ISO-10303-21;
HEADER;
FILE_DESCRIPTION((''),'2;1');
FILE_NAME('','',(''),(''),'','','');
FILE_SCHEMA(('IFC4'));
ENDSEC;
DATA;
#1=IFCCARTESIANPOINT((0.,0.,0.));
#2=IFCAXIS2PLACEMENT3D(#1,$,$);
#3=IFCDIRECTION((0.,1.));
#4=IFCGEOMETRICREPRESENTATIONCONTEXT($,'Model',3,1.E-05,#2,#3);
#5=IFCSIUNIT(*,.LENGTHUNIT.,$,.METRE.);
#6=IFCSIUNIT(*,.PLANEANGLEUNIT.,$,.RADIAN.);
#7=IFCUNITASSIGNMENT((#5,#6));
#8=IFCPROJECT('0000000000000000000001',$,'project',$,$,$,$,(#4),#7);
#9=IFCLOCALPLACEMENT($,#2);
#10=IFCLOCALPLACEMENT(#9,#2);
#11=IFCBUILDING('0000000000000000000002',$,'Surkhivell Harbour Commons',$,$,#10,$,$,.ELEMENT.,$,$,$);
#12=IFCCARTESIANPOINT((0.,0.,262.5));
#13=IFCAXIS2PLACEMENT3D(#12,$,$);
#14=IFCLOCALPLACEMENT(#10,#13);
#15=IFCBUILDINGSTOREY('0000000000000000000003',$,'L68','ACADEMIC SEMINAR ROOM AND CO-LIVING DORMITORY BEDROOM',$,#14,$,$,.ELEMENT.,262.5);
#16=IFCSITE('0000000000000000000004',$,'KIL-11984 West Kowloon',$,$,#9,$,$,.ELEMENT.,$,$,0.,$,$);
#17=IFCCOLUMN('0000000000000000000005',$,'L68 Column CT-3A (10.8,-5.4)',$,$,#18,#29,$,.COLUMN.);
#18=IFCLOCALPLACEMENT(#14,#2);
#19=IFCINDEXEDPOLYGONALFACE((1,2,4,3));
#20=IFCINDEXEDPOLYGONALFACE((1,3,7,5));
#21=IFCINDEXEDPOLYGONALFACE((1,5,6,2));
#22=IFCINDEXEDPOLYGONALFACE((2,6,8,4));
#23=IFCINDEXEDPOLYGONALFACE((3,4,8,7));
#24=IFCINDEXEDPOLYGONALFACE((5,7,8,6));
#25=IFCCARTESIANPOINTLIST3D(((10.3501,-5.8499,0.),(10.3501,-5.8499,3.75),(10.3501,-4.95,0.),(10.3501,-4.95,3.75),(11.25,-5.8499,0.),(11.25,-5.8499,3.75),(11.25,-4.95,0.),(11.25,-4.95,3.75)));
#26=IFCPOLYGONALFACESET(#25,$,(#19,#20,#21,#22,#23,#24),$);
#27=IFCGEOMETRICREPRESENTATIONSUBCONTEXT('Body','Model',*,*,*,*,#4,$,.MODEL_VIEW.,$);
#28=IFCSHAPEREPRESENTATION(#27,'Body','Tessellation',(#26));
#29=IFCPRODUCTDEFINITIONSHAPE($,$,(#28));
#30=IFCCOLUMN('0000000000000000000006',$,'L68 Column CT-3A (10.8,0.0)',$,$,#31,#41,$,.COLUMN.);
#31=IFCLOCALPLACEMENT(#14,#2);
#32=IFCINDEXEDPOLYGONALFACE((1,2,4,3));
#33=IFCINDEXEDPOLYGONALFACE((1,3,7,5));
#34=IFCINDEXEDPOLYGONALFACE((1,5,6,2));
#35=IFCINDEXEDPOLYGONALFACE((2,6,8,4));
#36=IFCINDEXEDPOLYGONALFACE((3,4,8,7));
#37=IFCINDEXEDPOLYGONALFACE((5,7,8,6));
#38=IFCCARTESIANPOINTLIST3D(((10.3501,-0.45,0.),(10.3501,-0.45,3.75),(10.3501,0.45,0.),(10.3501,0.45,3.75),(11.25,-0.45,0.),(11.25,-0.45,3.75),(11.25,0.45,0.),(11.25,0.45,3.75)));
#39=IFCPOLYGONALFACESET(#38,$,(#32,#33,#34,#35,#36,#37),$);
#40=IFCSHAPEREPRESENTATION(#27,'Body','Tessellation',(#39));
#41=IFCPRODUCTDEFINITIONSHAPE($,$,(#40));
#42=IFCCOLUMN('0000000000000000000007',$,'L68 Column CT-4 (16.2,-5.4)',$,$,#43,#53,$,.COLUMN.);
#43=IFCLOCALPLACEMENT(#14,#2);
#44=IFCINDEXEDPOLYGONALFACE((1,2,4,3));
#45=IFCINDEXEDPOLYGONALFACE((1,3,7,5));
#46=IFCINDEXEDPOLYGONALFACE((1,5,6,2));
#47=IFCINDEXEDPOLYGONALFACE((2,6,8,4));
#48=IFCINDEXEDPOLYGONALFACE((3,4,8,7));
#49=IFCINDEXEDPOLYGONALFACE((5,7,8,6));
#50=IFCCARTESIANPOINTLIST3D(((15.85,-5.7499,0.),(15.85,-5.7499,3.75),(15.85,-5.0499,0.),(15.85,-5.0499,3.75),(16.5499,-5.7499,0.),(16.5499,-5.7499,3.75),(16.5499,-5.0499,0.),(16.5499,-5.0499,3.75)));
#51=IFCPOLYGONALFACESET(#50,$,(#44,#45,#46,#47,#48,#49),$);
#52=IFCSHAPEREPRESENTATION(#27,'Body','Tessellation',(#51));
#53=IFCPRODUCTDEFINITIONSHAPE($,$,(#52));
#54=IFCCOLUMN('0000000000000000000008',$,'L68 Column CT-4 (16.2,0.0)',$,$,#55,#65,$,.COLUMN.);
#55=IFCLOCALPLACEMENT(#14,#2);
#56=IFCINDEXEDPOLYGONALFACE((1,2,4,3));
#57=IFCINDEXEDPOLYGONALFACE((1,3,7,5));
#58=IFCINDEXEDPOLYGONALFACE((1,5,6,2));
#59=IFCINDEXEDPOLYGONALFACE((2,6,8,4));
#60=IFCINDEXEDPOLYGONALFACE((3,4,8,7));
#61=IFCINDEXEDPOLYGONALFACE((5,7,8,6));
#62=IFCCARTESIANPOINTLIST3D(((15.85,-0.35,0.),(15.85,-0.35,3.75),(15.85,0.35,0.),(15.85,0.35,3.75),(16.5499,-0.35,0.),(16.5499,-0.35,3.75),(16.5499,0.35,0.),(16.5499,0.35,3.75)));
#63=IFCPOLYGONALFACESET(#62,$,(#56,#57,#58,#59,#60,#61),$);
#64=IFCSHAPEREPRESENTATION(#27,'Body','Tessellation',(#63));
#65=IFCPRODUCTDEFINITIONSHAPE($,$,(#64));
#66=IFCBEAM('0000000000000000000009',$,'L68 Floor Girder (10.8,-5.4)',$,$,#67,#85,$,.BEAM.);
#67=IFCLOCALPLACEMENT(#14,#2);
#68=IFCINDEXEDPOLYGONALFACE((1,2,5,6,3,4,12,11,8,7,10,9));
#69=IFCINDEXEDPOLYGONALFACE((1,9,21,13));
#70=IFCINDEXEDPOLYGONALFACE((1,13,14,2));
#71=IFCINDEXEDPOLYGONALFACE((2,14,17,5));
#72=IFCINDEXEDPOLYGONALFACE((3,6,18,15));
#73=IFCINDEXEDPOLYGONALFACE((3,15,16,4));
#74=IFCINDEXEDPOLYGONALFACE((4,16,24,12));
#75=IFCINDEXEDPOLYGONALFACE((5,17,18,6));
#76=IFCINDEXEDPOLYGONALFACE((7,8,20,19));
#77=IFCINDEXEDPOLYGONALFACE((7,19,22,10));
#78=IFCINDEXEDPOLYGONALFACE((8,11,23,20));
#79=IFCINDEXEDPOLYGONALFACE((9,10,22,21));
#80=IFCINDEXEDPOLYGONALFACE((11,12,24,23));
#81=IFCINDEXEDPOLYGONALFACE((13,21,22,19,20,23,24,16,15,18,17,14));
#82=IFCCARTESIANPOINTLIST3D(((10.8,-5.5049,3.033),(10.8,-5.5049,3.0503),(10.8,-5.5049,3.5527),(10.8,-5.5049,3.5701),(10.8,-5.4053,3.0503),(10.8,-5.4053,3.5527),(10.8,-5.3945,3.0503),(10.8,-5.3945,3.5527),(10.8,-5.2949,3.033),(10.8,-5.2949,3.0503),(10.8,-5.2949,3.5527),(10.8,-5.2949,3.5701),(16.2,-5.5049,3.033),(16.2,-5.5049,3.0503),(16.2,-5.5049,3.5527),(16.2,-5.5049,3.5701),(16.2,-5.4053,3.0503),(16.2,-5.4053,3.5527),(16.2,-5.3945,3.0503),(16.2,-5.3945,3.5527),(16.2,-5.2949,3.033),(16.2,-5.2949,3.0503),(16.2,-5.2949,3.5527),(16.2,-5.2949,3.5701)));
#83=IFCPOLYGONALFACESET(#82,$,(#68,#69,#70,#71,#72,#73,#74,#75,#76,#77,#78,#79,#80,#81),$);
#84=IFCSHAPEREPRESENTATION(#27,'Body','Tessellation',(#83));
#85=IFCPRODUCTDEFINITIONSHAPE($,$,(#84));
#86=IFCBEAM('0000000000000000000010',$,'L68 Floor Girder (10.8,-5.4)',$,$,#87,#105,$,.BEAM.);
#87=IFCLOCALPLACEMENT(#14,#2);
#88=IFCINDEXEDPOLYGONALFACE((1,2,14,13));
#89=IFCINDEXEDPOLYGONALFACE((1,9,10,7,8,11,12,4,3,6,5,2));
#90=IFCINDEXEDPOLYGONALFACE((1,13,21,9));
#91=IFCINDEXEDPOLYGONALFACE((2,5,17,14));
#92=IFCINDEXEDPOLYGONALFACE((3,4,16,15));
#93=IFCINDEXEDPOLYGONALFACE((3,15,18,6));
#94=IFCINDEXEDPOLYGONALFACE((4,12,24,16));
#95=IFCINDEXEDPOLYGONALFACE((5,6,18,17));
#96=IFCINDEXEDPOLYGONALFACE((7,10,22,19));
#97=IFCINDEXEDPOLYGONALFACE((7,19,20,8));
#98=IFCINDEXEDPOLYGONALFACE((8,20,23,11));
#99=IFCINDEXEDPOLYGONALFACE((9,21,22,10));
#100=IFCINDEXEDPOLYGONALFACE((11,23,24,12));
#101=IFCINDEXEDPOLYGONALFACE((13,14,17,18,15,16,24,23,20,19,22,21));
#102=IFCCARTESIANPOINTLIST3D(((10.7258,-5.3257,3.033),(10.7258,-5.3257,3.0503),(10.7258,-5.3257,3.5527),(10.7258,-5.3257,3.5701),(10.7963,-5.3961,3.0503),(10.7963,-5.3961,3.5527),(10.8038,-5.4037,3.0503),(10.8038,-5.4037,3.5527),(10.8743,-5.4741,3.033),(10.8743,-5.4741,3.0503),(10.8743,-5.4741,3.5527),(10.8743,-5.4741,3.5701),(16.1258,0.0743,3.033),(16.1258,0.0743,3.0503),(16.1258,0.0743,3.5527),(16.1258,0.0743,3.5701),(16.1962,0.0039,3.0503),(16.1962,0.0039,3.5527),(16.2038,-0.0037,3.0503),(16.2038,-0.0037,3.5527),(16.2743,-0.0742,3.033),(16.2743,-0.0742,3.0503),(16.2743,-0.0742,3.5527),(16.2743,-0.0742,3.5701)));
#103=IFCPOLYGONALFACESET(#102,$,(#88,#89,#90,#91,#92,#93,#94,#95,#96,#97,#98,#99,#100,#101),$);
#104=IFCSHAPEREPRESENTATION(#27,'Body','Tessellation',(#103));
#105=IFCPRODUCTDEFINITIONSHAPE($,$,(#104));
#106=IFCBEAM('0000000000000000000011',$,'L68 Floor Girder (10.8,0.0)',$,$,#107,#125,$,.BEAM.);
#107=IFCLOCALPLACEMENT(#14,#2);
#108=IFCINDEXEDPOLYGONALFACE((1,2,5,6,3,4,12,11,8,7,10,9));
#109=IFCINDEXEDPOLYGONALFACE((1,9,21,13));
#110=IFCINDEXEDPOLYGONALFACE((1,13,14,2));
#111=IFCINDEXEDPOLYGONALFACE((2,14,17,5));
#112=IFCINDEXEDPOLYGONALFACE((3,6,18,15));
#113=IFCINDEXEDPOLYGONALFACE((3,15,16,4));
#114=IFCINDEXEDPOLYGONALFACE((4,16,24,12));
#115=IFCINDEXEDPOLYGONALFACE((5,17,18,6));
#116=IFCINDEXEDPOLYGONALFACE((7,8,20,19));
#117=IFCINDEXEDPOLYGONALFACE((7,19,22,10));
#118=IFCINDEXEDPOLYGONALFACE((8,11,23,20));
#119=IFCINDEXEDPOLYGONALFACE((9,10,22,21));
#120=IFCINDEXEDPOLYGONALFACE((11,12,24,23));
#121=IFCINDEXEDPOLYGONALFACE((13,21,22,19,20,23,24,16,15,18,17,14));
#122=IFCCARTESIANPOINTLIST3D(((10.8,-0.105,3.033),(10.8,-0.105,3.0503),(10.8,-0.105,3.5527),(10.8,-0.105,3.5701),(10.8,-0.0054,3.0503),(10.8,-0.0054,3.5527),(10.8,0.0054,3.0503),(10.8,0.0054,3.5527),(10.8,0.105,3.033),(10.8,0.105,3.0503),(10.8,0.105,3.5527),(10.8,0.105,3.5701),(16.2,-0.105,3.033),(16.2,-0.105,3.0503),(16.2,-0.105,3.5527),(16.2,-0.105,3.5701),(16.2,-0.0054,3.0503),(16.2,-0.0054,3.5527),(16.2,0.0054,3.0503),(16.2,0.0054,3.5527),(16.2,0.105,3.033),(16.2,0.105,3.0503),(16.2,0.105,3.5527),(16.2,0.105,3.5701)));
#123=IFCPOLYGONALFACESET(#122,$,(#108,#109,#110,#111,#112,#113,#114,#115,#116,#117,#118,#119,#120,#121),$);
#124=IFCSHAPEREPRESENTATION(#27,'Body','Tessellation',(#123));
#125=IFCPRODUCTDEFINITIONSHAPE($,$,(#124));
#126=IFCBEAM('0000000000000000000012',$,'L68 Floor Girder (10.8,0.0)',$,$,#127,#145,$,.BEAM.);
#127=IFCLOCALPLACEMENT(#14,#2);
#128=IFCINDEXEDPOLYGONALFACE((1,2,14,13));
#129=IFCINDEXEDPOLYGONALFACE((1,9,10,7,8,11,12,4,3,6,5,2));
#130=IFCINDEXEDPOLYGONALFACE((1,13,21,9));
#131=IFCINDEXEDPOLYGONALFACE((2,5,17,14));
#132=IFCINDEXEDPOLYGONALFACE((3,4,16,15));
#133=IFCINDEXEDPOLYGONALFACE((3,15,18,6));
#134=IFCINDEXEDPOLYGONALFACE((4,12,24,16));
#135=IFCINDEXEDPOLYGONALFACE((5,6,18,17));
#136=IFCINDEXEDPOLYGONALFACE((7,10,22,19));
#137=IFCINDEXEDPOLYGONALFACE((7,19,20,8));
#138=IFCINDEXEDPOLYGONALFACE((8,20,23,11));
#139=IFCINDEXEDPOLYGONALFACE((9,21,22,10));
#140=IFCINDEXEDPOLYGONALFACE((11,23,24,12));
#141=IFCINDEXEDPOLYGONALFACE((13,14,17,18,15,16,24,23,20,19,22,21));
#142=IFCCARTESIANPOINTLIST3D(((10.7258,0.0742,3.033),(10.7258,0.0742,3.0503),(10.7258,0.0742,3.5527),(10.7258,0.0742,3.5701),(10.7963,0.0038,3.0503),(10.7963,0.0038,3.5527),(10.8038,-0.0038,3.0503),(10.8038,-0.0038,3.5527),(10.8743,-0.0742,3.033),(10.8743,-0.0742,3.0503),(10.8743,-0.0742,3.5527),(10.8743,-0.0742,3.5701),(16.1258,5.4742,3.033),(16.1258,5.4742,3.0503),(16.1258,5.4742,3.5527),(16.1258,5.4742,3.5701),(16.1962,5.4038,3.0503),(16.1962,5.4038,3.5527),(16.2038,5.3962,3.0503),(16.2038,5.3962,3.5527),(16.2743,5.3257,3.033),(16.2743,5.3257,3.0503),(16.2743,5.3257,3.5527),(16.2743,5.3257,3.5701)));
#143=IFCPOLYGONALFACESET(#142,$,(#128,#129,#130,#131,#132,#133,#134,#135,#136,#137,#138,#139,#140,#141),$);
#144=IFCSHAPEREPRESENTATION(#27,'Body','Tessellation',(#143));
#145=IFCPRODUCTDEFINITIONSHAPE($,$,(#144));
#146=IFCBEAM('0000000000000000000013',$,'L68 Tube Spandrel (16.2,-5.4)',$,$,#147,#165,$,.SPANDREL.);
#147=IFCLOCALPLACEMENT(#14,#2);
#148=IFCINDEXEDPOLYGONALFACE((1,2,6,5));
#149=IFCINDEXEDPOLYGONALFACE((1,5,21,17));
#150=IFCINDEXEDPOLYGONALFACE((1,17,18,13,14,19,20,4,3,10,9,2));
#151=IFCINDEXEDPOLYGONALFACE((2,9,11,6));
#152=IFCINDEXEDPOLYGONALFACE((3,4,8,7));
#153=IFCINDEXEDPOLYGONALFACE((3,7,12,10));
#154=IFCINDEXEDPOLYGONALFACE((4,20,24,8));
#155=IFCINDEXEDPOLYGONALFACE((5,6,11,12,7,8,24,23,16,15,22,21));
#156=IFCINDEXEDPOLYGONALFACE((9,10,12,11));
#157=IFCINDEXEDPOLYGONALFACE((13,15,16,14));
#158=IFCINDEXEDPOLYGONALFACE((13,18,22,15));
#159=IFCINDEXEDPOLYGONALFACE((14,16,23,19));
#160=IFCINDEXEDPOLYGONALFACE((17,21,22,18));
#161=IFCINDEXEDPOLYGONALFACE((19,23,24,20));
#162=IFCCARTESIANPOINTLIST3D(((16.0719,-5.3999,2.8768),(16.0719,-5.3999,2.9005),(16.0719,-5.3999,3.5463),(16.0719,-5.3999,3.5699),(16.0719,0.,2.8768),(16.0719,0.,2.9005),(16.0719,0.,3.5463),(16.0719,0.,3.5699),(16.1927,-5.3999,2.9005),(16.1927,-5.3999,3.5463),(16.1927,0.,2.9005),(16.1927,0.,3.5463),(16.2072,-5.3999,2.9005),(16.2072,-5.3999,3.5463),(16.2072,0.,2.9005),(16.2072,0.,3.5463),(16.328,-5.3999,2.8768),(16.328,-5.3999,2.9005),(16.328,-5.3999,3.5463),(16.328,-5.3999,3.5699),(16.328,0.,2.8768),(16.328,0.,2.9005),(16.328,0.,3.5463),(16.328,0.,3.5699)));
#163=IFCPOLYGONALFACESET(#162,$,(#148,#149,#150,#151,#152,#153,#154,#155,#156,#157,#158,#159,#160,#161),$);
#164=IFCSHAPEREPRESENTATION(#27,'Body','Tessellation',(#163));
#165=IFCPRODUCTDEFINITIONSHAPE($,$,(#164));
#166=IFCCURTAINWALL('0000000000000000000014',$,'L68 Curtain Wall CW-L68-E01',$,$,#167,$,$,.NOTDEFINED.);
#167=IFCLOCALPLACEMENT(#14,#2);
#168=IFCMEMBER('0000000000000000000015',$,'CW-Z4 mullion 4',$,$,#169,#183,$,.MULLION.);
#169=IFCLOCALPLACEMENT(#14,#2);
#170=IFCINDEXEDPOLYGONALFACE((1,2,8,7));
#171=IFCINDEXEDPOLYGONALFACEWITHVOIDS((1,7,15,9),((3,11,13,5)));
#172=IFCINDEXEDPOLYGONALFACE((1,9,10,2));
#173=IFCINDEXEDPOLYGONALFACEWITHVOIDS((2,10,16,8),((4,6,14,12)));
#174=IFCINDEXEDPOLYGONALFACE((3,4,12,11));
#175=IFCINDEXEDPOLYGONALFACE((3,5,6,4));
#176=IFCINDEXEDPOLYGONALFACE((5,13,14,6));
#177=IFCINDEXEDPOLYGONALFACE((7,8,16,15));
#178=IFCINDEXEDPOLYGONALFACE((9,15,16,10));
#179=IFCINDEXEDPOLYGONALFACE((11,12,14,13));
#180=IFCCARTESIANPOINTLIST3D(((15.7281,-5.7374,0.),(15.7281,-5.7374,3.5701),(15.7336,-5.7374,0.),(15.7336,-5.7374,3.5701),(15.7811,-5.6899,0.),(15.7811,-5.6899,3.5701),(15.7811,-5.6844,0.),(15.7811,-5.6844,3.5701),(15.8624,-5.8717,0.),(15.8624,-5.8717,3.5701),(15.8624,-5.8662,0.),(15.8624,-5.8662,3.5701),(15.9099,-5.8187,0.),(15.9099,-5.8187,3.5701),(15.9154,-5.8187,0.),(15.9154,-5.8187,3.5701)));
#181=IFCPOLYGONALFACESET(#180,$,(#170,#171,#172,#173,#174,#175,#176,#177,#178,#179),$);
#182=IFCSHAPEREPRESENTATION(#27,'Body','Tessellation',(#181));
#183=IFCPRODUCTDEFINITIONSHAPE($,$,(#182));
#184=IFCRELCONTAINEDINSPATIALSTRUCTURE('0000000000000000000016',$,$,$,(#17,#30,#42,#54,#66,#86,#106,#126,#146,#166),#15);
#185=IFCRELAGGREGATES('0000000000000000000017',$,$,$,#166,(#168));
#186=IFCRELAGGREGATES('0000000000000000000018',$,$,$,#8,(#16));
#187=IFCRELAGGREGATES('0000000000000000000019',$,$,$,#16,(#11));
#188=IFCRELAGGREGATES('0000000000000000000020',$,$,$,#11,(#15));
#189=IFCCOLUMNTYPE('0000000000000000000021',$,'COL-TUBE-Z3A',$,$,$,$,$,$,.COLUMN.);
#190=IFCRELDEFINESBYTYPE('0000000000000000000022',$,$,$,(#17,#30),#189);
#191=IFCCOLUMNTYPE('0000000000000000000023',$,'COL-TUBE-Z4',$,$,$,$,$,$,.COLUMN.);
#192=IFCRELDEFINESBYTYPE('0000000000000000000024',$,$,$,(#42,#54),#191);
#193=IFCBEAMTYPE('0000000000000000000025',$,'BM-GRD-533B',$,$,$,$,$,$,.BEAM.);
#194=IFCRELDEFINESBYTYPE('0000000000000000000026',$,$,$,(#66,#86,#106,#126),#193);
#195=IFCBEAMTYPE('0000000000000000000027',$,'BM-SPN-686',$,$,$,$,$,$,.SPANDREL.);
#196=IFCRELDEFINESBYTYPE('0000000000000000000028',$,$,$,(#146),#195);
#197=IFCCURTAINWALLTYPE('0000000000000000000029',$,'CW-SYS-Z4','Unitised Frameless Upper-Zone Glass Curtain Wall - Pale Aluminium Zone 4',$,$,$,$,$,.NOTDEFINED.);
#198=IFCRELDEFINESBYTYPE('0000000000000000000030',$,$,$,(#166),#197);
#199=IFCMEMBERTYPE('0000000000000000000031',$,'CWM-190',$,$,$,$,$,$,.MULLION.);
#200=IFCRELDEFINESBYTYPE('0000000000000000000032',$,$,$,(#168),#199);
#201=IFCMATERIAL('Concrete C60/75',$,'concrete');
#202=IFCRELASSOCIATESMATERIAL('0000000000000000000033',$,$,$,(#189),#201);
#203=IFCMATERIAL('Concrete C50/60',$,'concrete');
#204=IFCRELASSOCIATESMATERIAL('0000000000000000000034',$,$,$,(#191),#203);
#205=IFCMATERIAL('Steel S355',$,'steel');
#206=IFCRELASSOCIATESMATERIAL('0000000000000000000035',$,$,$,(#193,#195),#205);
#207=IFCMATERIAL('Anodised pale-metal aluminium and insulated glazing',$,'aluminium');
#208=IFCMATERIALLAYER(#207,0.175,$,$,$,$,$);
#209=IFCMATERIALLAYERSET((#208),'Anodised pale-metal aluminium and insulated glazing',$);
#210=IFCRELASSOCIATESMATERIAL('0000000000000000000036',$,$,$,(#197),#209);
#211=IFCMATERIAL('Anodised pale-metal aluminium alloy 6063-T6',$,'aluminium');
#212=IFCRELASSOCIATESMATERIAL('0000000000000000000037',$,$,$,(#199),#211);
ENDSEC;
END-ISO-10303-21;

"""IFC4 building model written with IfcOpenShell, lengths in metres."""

from ifc_helpers import new_model, si_unit, direction, frame, origin, origin_2d, place, context, subcontext, project, spatial, rectangle, hollow_rectangle, i_section, extrude, material, layer, layer_set, material_profile, profile_set, type_object, element, aggregate, save


model = new_model("IFC4")

# Units and contexts
model_context = context("Model", 3, precision=1e-05, world=origin(), true_north=direction((0.0, 1.0)))
body_context = subcontext(model_context, "Body", "Model", "MODEL_VIEW")
ifc_project = project(units=[si_unit("LENGTHUNIT", "METRE"), si_unit("PLANEANGLEUNIT", "RADIAN")], contexts=[model_context])

# Site, building, storey
site_placement = place(None, origin())
site = spatial("IfcSite", under=ifc_project, at=site_placement, Name="KIL-11984 West Kowloon", CompositionType="ELEMENT", RefElevation=0.0)
building_placement = place(site_placement, origin())
building = spatial("IfcBuilding", under=site, at=building_placement, Name="Surkhivell Harbour Commons", CompositionType="ELEMENT")
storey_placement = place(building_placement, frame((0.0, 0.0, 262.5)))
storey = spatial("IfcBuildingStorey", under=building, at=storey_placement, Name="L68", Description="ACADEMIC SEMINAR ROOM AND CO-LIVING DORMITORY BEDROOM", CompositionType="ELEMENT", Elevation=262.5)

# Columns
ifc_material_1 = material(Name="Concrete C60/75", Category="concrete")
ifc_material_profile_1 = material_profile(ifc_material_1, rectangle(XDim=0.8999, YDim=0.8999, at=origin_2d()), Name="RC-COL-900x900")
ifc_profile_set_1 = profile_set([ifc_material_profile_1], Name="Concrete C60/75")
column_type_1 = type_object("IfcColumnType", Name="COL-TUBE-Z3A", PredefinedType="COLUMN", material=ifc_profile_set_1)
for number, where, z_axis, x_axis, name in (
    (1, (10.8, -5.3999, 0.0), (0.0, 0.0, 1.0), (1.0, 0.0, 0.0), "L68 Column CT-3A (10.8,-5.4)"),
    (2, (10.8, 0.0, 0.0), (0.0, 0.0, 1.0), (1.0, 0.0, 0.0), "L68 Column CT-3A (10.8,0.0)"),
):
    element("IfcColumn", number, at=place(storey_placement, frame(where, z_axis=z_axis, x_axis=x_axis)), inside=storey, type_object=column_type_1, Name=name, PredefinedType="COLUMN", context=body_context, shape_type="SweptSolid", body=[
        extrude(rectangle(XDim=0.8999, YDim=0.8999, at=origin_2d()), origin(), (0.0, 0.0, 1.0), 3.75),
    ])
ifc_material_2 = material(Name="Concrete C50/60", Category="concrete")
ifc_material_profile_2 = material_profile(ifc_material_2, rectangle(XDim=0.7, YDim=0.7, at=origin_2d()), Name="RC-COL-700x700")
ifc_profile_set_2 = profile_set([ifc_material_profile_2], Name="Concrete C50/60")
column_type_2 = type_object("IfcColumnType", Name="COL-TUBE-Z4", PredefinedType="COLUMN", material=ifc_profile_set_2)
for number, where, z_axis, x_axis, name in (
    (3, (16.2, -5.3999, 0.0), (0.0, 0.0, 1.0), (1.0, 0.0, 0.0), "L68 Column CT-4 (16.2,-5.4)"),
    (4, (16.2, 0.0, 0.0), (0.0, 0.0, 1.0), (1.0, 0.0, 0.0), "L68 Column CT-4 (16.2,0.0)"),
):
    element("IfcColumn", number, at=place(storey_placement, frame(where, z_axis=z_axis, x_axis=x_axis)), inside=storey, type_object=column_type_2, Name=name, PredefinedType="COLUMN", context=body_context, shape_type="SweptSolid", body=[
        extrude(rectangle(XDim=0.7, YDim=0.7, at=origin_2d()), origin(), (0.0, 0.0, 1.0), 3.75),
    ])

# Beams
ifc_material_3 = material(Name="Steel S355", Category="steel")
ifc_material_profile_3 = material_profile(ifc_material_3, i_section(OverallWidth=0.21, OverallDepth=0.5371, WebThickness=0.0107, FlangeThickness=0.0173, at=origin_2d()), Name="UB533x210x101")
ifc_profile_set_3 = profile_set([ifc_material_profile_3], Name="Steel S355")
beam_type_1 = type_object("IfcBeamType", Name="BM-GRD-533B", PredefinedType="BEAM", material=ifc_profile_set_3)
beam_1_placement = place(storey_placement, frame((10.8, -5.3999, 3.3015), z_axis=(1.0, 0.0, 0.0), x_axis=(0.0, 1.0, 0.0)))
element("IfcBeam", 5, at=beam_1_placement, inside=storey, type_object=beam_type_1, Name="L68 Floor Girder (10.8,-5.4)", PredefinedType="BEAM", context=body_context, shape_type="SweptSolid", body=[
    extrude(i_section(OverallWidth=0.21, OverallDepth=0.5371, WebThickness=0.0107, FlangeThickness=0.0173, at=origin_2d()), origin(), (0.0, 0.0, 1.0), 5.3999),
])
beam_2_placement = place(storey_placement, frame((10.8, -5.3999, 3.3015), z_axis=(0.707107, 0.707107, 0.0), x_axis=(-0.707107, 0.707107, 0.0)))
element("IfcBeam", 6, at=beam_2_placement, inside=storey, type_object=beam_type_1, Name="L68 Floor Girder (10.8,-5.4)", PredefinedType="BEAM", context=body_context, shape_type="SweptSolid", body=[
    extrude(i_section(OverallWidth=0.21, OverallDepth=0.5371, WebThickness=0.0107, FlangeThickness=0.0173, at=origin_2d()), origin(), (0.0, 0.0, 1.0), 7.6367),
])
beam_3_placement = place(storey_placement, frame((10.8, 0.0, 3.3015), z_axis=(1.0, 0.0, 0.0), x_axis=(0.0, 1.0, 0.0)))
element("IfcBeam", 7, at=beam_3_placement, inside=storey, type_object=beam_type_1, Name="L68 Floor Girder (10.8,0.0)", PredefinedType="BEAM", context=body_context, shape_type="SweptSolid", body=[
    extrude(i_section(OverallWidth=0.21, OverallDepth=0.5371, WebThickness=0.0107, FlangeThickness=0.0173, at=origin_2d()), origin(), (0.0, 0.0, 1.0), 5.3999),
])
beam_4_placement = place(storey_placement, frame((10.8, 0.0, 3.3015), z_axis=(0.707107, 0.707107, 0.0), x_axis=(-0.707107, 0.707107, 0.0)))
element("IfcBeam", 8, at=beam_4_placement, inside=storey, type_object=beam_type_1, Name="L68 Floor Girder (10.8,0.0)", PredefinedType="BEAM", context=body_context, shape_type="SweptSolid", body=[
    extrude(i_section(OverallWidth=0.21, OverallDepth=0.5371, WebThickness=0.0107, FlangeThickness=0.0173, at=origin_2d()), origin(), (0.0, 0.0, 1.0), 7.6367),
])
ifc_material_profile_4 = material_profile(ifc_material_3, i_section(OverallWidth=0.2561, OverallDepth=0.6931, WebThickness=0.0144, FlangeThickness=0.0237, at=origin_2d()), Name="UB686x254x170")
ifc_profile_set_4 = profile_set([ifc_material_profile_4], Name="Steel S355")
beam_type_2 = type_object("IfcBeamType", Name="BM-SPN-686", PredefinedType="SPANDREL", material=ifc_profile_set_4)
beam_5_placement = place(storey_placement, frame((16.2, -5.3999, 3.2234), z_axis=(0.0, 1.0, 0.0), x_axis=(-1.0, 0.0, 0.0)))
element("IfcBeam", 9, at=beam_5_placement, inside=storey, type_object=beam_type_2, Name="L68 Tube Spandrel (16.2,-5.4)", PredefinedType="SPANDREL", context=body_context, shape_type="SweptSolid", body=[
    extrude(i_section(OverallWidth=0.2561, OverallDepth=0.6931, WebThickness=0.0144, FlangeThickness=0.0237, at=origin_2d()), origin(), (0.0, 0.0, 1.0), 5.3999),
])

# Curtain wall, member
ifc_material_4 = material(Name="Anodised pale-metal aluminium and insulated glazing", Category="aluminium")
ifc_layer_1 = layer(ifc_material_4, 0.175)
ifc_layer_set_1 = layer_set([ifc_layer_1], Name="Anodised pale-metal aluminium and insulated glazing")
curtain_wall_type = type_object("IfcCurtainWallType", Name="CW-SYS-Z4", Description="Unitised Frameless Upper-Zone Glass Curtain Wall - Pale Aluminium Zone 4", PredefinedType="NOTDEFINED", material=ifc_layer_set_1)
curtain_wall_1_placement = place(storey_placement, origin())
curtain_wall_1 = element("IfcCurtainWall", 10, at=curtain_wall_1_placement, inside=storey, type_object=curtain_wall_type, Name="L68 Curtain Wall CW-L68-E01", PredefinedType="NOTDEFINED")
ifc_material_5 = material(Name="Anodised pale-metal aluminium alloy 6063-T6", Category="aluminium")
ifc_material_profile_5 = material_profile(ifc_material_5, hollow_rectangle(XDim=0.075, YDim=0.1899, WallThickness=0.0039, at=origin_2d()), Name="ALU-MULL-75x190")
ifc_profile_set_5 = profile_set([ifc_material_profile_5], Name="Anodised pale-metal aluminium alloy 6063-T6")
member_type_1 = type_object("IfcMemberType", Name="CWM-190", PredefinedType="MULLION", material=ifc_profile_set_5)
member_1_placement = place(storey_placement, frame((15.8218, -5.7781, 0.0), z_axis=(0.0, 0.0, 1.0), x_axis=(0.707107, 0.707107, 0.0)))
member_1 = element("IfcMember", 11, at=member_1_placement, type_object=member_type_1, Name="CW-Z4 mullion 4", PredefinedType="MULLION", context=body_context, shape_type="SweptSolid", body=[
    extrude(hollow_rectangle(XDim=0.075, YDim=0.1899, WallThickness=0.0039, at=origin_2d()), origin(), (0.0, 0.0, 1.0), 3.5701),
])
aggregate(curtain_wall_1, [member_1])

save(model, "model.ifc")
